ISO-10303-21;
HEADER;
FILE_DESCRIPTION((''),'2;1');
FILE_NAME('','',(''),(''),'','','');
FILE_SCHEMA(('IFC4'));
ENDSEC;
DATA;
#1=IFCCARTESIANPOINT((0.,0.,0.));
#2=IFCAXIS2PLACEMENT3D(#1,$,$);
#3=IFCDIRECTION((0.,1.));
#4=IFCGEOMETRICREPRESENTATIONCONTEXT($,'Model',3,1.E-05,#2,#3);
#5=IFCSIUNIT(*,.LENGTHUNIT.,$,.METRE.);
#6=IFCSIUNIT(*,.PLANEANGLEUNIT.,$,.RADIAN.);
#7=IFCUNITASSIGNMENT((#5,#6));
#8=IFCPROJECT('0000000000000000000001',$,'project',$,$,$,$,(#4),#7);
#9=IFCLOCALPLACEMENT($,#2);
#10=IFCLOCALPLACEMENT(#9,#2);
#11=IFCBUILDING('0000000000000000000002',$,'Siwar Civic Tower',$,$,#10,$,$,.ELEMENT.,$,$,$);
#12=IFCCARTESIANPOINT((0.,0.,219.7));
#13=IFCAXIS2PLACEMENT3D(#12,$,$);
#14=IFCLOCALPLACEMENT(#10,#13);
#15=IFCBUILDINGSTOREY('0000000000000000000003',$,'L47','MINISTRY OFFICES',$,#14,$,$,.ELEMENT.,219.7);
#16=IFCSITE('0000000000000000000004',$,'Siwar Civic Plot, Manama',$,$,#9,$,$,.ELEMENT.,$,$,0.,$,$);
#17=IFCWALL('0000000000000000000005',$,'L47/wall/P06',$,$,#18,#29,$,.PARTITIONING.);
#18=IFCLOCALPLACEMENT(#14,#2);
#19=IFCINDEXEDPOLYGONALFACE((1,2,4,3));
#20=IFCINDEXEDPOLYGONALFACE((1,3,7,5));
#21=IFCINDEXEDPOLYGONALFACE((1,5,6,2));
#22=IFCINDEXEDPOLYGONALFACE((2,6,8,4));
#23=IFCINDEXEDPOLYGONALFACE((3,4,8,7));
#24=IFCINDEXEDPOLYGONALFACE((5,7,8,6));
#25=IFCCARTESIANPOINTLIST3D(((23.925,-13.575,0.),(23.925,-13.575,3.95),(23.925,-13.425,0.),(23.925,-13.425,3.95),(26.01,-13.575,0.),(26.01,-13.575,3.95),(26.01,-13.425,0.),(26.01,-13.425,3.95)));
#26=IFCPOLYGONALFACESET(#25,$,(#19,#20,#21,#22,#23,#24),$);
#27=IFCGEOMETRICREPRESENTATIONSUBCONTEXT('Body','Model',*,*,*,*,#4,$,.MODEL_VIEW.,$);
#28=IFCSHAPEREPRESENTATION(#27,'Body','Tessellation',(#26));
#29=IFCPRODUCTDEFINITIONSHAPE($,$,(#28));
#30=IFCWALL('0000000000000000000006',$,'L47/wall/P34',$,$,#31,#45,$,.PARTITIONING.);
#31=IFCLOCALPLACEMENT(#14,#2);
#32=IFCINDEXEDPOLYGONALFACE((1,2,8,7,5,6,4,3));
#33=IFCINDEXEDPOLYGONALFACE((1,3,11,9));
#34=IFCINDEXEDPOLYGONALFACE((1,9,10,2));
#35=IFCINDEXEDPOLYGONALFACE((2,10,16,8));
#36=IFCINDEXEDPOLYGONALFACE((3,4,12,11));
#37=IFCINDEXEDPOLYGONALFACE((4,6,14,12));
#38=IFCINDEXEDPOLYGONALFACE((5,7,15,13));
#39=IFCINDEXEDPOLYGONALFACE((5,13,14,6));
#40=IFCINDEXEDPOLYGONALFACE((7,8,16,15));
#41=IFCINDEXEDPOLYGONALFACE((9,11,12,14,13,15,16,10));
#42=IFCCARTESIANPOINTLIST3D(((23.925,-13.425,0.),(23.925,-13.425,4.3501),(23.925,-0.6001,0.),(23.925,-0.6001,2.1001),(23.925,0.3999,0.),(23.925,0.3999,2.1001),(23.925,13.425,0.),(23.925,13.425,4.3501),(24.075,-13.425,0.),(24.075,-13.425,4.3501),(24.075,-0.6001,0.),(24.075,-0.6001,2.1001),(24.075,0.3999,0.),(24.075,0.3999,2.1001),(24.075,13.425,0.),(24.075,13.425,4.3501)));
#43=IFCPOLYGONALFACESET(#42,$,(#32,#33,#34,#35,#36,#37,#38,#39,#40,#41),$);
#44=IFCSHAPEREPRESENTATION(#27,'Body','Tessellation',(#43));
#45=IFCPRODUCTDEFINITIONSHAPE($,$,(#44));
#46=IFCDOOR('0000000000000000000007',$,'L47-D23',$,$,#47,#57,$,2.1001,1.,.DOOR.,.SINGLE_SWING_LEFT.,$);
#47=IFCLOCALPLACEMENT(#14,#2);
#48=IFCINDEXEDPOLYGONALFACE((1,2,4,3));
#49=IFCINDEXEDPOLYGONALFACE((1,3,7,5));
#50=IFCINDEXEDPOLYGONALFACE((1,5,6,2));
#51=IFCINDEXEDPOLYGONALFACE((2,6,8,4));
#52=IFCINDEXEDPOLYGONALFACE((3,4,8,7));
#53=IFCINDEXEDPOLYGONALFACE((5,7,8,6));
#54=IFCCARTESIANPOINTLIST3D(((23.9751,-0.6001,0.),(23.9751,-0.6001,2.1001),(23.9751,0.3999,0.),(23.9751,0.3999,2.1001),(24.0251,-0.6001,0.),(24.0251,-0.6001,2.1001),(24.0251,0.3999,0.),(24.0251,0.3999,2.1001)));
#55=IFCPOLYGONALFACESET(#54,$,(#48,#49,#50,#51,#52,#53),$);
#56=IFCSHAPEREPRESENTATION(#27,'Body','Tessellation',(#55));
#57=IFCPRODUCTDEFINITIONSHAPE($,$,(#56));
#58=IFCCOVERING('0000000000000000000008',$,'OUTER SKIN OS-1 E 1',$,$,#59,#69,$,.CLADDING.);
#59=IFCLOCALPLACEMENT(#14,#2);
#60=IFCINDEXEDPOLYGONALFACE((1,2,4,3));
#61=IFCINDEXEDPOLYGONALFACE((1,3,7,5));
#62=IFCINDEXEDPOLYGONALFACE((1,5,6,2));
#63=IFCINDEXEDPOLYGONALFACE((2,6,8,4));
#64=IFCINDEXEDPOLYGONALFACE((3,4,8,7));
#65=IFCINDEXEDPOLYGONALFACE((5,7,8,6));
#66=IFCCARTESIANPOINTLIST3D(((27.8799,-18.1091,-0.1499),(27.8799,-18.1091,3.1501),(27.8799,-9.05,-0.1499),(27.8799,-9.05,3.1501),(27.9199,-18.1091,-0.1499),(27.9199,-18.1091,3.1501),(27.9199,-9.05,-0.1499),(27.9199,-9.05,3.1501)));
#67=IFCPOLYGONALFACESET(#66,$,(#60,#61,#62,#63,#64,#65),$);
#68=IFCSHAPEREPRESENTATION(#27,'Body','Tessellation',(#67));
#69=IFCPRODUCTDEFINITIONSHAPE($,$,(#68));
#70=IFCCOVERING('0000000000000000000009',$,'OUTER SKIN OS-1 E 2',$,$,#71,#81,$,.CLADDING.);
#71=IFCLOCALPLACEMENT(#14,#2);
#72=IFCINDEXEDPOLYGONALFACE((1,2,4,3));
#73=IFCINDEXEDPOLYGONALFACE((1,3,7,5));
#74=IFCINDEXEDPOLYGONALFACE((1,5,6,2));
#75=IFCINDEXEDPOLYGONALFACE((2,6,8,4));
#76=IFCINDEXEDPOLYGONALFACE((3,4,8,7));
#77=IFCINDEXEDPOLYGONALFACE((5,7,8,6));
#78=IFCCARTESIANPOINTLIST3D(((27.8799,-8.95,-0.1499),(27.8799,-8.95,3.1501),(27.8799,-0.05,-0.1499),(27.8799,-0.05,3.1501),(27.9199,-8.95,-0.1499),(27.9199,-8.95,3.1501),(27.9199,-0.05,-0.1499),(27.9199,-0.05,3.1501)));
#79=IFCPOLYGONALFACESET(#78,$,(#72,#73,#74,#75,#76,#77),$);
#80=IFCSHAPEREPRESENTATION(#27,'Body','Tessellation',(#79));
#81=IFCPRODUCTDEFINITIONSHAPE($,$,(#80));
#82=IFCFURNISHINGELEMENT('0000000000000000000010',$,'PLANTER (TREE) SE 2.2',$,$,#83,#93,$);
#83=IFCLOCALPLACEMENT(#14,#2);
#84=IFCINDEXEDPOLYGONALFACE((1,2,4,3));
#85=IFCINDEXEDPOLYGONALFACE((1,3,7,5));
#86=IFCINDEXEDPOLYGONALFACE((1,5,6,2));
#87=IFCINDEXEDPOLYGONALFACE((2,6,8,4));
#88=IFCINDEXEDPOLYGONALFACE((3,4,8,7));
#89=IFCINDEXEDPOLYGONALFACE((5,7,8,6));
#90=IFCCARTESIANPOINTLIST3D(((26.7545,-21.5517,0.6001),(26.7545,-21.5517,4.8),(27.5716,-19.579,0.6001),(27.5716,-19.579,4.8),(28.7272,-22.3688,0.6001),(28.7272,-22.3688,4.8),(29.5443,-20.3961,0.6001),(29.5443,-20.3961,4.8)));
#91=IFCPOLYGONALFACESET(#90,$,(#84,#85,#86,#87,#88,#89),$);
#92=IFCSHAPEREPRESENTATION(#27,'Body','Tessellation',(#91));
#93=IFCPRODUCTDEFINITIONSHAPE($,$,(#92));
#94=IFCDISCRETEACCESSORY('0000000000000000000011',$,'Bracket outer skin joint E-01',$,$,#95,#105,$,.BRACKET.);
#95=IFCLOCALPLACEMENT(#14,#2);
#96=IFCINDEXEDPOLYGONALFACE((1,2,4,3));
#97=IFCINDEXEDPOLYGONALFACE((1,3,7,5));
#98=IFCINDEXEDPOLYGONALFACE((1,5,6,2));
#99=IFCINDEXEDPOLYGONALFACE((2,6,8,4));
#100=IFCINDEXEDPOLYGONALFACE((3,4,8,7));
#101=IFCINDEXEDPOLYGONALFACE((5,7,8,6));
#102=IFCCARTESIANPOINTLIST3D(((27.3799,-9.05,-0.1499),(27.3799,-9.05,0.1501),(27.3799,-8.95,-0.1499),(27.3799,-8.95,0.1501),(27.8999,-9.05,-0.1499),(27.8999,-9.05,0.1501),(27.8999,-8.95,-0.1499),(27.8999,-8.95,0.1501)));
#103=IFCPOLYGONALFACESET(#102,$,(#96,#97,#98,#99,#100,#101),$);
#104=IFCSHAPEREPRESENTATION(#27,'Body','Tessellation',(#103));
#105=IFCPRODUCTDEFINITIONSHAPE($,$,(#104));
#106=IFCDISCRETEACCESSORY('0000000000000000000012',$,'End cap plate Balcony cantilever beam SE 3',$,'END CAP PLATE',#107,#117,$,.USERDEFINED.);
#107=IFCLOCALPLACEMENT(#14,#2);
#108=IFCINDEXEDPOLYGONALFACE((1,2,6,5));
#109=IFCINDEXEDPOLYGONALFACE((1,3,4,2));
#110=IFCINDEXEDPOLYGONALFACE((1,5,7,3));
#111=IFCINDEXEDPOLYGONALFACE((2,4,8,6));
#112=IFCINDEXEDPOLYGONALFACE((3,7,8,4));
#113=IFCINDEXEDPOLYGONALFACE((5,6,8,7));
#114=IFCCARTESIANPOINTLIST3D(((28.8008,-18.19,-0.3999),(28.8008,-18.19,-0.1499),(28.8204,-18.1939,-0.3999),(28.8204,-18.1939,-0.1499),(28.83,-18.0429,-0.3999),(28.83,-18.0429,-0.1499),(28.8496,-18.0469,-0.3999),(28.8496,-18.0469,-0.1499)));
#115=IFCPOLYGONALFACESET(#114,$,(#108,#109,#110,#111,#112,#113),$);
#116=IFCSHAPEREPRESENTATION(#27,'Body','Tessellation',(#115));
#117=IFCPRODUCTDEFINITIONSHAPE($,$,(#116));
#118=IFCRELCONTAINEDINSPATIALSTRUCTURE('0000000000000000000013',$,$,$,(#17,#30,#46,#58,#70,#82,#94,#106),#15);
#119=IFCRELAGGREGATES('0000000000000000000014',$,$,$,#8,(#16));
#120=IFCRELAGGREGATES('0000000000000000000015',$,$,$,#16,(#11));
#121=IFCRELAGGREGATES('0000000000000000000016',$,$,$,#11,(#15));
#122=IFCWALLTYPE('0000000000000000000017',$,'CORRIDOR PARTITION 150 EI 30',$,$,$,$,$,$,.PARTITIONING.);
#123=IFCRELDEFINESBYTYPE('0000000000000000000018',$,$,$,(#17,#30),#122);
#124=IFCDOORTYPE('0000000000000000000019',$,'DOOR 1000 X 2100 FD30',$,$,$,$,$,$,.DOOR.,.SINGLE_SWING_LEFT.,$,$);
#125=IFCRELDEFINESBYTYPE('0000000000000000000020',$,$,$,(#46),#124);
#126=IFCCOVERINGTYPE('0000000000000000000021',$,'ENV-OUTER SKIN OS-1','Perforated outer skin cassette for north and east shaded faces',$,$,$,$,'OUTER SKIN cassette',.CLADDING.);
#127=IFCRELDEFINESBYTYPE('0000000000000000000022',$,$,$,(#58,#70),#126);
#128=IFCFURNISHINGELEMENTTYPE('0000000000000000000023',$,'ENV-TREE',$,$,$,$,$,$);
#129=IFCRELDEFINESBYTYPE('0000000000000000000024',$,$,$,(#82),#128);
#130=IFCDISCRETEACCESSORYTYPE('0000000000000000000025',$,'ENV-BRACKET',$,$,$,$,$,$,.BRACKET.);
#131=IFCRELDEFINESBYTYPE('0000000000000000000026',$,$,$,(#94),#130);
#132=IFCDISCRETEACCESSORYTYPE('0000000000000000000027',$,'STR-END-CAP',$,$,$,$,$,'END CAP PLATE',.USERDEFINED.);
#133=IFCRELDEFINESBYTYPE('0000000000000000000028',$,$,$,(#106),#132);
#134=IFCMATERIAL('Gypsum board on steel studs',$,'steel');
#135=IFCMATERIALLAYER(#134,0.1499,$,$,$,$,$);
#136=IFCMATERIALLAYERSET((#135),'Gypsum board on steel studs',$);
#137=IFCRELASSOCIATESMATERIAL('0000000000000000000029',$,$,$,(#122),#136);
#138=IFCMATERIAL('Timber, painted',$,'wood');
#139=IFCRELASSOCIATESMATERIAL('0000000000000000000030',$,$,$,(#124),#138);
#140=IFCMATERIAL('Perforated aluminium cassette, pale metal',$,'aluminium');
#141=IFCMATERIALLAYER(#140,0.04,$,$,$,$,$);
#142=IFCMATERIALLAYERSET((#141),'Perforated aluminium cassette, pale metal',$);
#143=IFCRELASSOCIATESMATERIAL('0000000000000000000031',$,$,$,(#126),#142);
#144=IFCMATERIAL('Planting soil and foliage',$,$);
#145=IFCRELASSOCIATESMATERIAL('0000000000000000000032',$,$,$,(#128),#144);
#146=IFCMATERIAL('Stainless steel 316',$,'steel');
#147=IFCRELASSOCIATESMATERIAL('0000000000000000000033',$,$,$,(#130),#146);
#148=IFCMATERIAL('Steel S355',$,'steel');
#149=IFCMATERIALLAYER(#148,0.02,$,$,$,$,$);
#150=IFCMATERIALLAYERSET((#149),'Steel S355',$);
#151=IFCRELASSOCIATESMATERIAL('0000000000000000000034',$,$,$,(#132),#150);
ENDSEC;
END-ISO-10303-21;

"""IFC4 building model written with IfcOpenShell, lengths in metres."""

from ifc_helpers import new_model, si_unit, direction, frame, frame_2d, origin, origin_2d, place, context, subcontext, project, spatial, rectangle, extrude, material, layer, layer_set, type_object, element, fill, save


model = new_model("IFC4")

# Units and contexts
model_context = context("Model", 3, precision=1e-05, world=origin(), true_north=direction((0.0, 1.0)))
body_context = subcontext(model_context, "Body", "Model", "MODEL_VIEW")
ifc_project = project(units=[si_unit("LENGTHUNIT", "METRE"), si_unit("PLANEANGLEUNIT", "RADIAN")], contexts=[model_context])

# Site, building, storey
site_placement = place(None, origin())
site = spatial("IfcSite", under=ifc_project, at=site_placement, Name="Siwar Civic Plot, Manama", CompositionType="ELEMENT", RefElevation=0.0)
building_placement = place(site_placement, origin())
building = spatial("IfcBuilding", under=site, at=building_placement, Name="Siwar Civic Tower", CompositionType="ELEMENT")
storey_placement = place(building_placement, frame((0.0, 0.0, 219.7)))
storey = spatial("IfcBuildingStorey", under=building, at=storey_placement, Name="L47", Description="MINISTRY OFFICES", CompositionType="ELEMENT", Elevation=219.7)

# Wall
ifc_material_1 = material(Name="Gypsum board on steel studs", Category="steel")
ifc_layer_1 = layer(ifc_material_1, 0.1499)
ifc_layer_set_1 = layer_set([ifc_layer_1], Name="Gypsum board on steel studs")
wall_type_1 = type_object("IfcWallType", Name="CORRIDOR PARTITION 150 EI 30", PredefinedType="PARTITIONING", material=ifc_layer_set_1)
wall_1_placement = place(storey_placement, frame((23.925, -13.5, 0.0), z_axis=(0.0, 0.0, 1.0), x_axis=(1.0, 0.0, 0.0)))
element("IfcWall", 1, at=wall_1_placement, inside=storey, type_object=wall_type_1, Name="L47/wall/P06", PredefinedType="PARTITIONING", context=body_context, shape_type="SweptSolid", body=[
    extrude(rectangle(XDim=2.085, YDim=0.1499, at=frame_2d((1.0425, 0.0))), origin(), (0.0, 0.0, 1.0), 3.95),
])

# Wall, opening, door
wall_2_placement = place(storey_placement, frame((24.0, -13.425, 0.0), z_axis=(0.0, 0.0, 1.0), x_axis=(0.0, 1.0, 0.0)))
wall_2 = element("IfcWall", 2, at=wall_2_placement, inside=storey, type_object=wall_type_1, Name="L47/wall/P34", PredefinedType="PARTITIONING", context=body_context, shape_type="SweptSolid", body=[
    extrude(rectangle(XDim=26.8501, YDim=0.1499, at=frame_2d((13.425, 0.0))), origin(), (0.0, 0.0, 1.0), 4.3501),
])
opening_1_placement = place(wall_2_placement, frame((12.825, 0.0, 0.0)))
opening_1 = element("IfcOpeningElement", 3, at=opening_1_placement, cuts=wall_2, PredefinedType="OPENING", context=body_context, shape_type="SweptSolid", body=[
    extrude(rectangle(XDim=1.0, YDim=2.1001, at=frame_2d((0.5, 1.05))), frame((0.0, 0.085, 0.0), z_axis=(0.0, -1.0, 0.0), x_axis=(1.0, 0.0, 0.0)), (0.0, 0.0, 1.0), 0.1699),
])
ifc_material_2 = material(Name="Timber, painted", Category="wood")
door_type_1 = type_object("IfcDoorType", Name="DOOR 1000 X 2100 FD30", OperationType="SINGLE_SWING_LEFT", PredefinedType="DOOR", material=ifc_material_2)
door_1_placement = place(opening_1_placement, origin())
door_1 = element("IfcDoor", 4, at=door_1_placement, inside=storey, type_object=door_type_1, Name="L47-D23", OperationType="SINGLE_SWING_LEFT", OverallHeight=2.1001, OverallWidth=1.0, PredefinedType="DOOR", context=body_context, shape_type="SweptSolid", body=[
    extrude(rectangle(XDim=1.0, YDim=2.1001, at=frame_2d((0.5, 1.05))), frame((0.0, 0.0249, 0.0), z_axis=(0.0, -1.0, 0.0), x_axis=(1.0, 0.0, 0.0)), (0.0, 0.0, 1.0), 0.05),
])
fill(opening_1, door_1)

# Coverings
ifc_material_3 = material(Name="Perforated aluminium cassette, pale metal", Category="aluminium")
ifc_layer_2 = layer(ifc_material_3, 0.04)
ifc_layer_set_2 = layer_set([ifc_layer_2], Name="Perforated aluminium cassette, pale metal")
covering_type = type_object("IfcCoveringType", Name="ENV-OUTER SKIN OS-1", Description="Perforated outer skin cassette for north and east shaded faces", ElementType="OUTER SKIN cassette", PredefinedType="CLADDING", material=ifc_layer_set_2)
covering_1_placement = place(storey_placement, frame((27.8999, -13.5796, -0.1499), z_axis=(0.0, 0.0, 1.0), x_axis=(0.0, 1.0, 0.0)))
element("IfcCovering", 5, at=covering_1_placement, inside=storey, type_object=covering_type, Name="OUTER SKIN OS-1 E 1", PredefinedType="CLADDING", context=body_context, shape_type="SweptSolid", body=[
    extrude(rectangle(XDim=9.0591, YDim=0.04, at=origin_2d()), origin(), (0.0, 0.0, 1.0), 3.3),
])
covering_2_placement = place(storey_placement, frame((27.8999, -4.5, -0.1499), z_axis=(0.0, 0.0, 1.0), x_axis=(0.0, 1.0, 0.0)))
element("IfcCovering", 6, at=covering_2_placement, inside=storey, type_object=covering_type, Name="OUTER SKIN OS-1 E 2", PredefinedType="CLADDING", context=body_context, shape_type="SweptSolid", body=[
    extrude(rectangle(XDim=8.8999, YDim=0.04, at=origin_2d()), origin(), (0.0, 0.0, 1.0), 3.3),
])

# Furnishing element
ifc_material_4 = material(Name="Planting soil and foliage")
furnishing_element_type = type_object("IfcFurnishingElementType", Name="ENV-TREE", material=ifc_material_4)
furnishing_placement = place(storey_placement, frame((28.1494, -20.9739, 0.6001), z_axis=(0.0, 0.0, 1.0), x_axis=(0.382683, 0.92388, 0.0)))
element("IfcFurnishingElement", 7, at=furnishing_placement, inside=storey, type_object=furnishing_element_type, Name="PLANTER (TREE) SE 2.2", context=body_context, shape_type="SweptSolid", body=[
    extrude(rectangle(XDim=2.1353, YDim=2.1353, at=origin_2d()), origin(), (0.0, 0.0, 1.0), 4.2),
])

# Discrete accessories
ifc_material_5 = material(Name="Stainless steel 316", Category="steel")
discrete_accessory_type_1 = type_object("IfcDiscreteAccessoryType", Name="ENV-BRACKET", PredefinedType="BRACKET", material=ifc_material_5)
discrete_accessory_1_placement = place(storey_placement, frame((27.6399, -9.0, -0.1499), z_axis=(0.0, 0.0, 1.0), x_axis=(1.0, 0.0, 0.0)))
element("IfcDiscreteAccessory", 8, at=discrete_accessory_1_placement, inside=storey, type_object=discrete_accessory_type_1, Name="Bracket outer skin joint E-01", PredefinedType="BRACKET", context=body_context, shape_type="SweptSolid", body=[
    extrude(rectangle(XDim=0.52, YDim=0.1001, at=origin_2d()), origin(), (0.0, 0.0, 1.0), 0.3),
])
ifc_material_6 = material(Name="Steel S355", Category="steel")
ifc_layer_3 = layer(ifc_material_6, 0.02)
ifc_layer_set_3 = layer_set([ifc_layer_3], Name="Steel S355")
discrete_accessory_type_2 = type_object("IfcDiscreteAccessoryType", Name="STR-END-CAP", ElementType="END CAP PLATE", PredefinedType="USERDEFINED", material=ifc_layer_set_3)
discrete_accessory_2_placement = place(storey_placement, frame((28.8252, -18.1184, -0.3999), z_axis=(0.0, 0.0, 1.0), x_axis=(0.980785, -0.19509, 0.0)))
element("IfcDiscreteAccessory", 9, at=discrete_accessory_2_placement, inside=storey, type_object=discrete_accessory_type_2, Name="End cap plate Balcony cantilever beam SE 3", ObjectType="END CAP PLATE", PredefinedType="USERDEFINED", context=body_context, shape_type="SweptSolid", body=[
    extrude(rectangle(XDim=0.02, YDim=0.1499, at=origin_2d()), origin(), (0.0, 0.0, 1.0), 0.25),
])

save(model, "model.ifc")
